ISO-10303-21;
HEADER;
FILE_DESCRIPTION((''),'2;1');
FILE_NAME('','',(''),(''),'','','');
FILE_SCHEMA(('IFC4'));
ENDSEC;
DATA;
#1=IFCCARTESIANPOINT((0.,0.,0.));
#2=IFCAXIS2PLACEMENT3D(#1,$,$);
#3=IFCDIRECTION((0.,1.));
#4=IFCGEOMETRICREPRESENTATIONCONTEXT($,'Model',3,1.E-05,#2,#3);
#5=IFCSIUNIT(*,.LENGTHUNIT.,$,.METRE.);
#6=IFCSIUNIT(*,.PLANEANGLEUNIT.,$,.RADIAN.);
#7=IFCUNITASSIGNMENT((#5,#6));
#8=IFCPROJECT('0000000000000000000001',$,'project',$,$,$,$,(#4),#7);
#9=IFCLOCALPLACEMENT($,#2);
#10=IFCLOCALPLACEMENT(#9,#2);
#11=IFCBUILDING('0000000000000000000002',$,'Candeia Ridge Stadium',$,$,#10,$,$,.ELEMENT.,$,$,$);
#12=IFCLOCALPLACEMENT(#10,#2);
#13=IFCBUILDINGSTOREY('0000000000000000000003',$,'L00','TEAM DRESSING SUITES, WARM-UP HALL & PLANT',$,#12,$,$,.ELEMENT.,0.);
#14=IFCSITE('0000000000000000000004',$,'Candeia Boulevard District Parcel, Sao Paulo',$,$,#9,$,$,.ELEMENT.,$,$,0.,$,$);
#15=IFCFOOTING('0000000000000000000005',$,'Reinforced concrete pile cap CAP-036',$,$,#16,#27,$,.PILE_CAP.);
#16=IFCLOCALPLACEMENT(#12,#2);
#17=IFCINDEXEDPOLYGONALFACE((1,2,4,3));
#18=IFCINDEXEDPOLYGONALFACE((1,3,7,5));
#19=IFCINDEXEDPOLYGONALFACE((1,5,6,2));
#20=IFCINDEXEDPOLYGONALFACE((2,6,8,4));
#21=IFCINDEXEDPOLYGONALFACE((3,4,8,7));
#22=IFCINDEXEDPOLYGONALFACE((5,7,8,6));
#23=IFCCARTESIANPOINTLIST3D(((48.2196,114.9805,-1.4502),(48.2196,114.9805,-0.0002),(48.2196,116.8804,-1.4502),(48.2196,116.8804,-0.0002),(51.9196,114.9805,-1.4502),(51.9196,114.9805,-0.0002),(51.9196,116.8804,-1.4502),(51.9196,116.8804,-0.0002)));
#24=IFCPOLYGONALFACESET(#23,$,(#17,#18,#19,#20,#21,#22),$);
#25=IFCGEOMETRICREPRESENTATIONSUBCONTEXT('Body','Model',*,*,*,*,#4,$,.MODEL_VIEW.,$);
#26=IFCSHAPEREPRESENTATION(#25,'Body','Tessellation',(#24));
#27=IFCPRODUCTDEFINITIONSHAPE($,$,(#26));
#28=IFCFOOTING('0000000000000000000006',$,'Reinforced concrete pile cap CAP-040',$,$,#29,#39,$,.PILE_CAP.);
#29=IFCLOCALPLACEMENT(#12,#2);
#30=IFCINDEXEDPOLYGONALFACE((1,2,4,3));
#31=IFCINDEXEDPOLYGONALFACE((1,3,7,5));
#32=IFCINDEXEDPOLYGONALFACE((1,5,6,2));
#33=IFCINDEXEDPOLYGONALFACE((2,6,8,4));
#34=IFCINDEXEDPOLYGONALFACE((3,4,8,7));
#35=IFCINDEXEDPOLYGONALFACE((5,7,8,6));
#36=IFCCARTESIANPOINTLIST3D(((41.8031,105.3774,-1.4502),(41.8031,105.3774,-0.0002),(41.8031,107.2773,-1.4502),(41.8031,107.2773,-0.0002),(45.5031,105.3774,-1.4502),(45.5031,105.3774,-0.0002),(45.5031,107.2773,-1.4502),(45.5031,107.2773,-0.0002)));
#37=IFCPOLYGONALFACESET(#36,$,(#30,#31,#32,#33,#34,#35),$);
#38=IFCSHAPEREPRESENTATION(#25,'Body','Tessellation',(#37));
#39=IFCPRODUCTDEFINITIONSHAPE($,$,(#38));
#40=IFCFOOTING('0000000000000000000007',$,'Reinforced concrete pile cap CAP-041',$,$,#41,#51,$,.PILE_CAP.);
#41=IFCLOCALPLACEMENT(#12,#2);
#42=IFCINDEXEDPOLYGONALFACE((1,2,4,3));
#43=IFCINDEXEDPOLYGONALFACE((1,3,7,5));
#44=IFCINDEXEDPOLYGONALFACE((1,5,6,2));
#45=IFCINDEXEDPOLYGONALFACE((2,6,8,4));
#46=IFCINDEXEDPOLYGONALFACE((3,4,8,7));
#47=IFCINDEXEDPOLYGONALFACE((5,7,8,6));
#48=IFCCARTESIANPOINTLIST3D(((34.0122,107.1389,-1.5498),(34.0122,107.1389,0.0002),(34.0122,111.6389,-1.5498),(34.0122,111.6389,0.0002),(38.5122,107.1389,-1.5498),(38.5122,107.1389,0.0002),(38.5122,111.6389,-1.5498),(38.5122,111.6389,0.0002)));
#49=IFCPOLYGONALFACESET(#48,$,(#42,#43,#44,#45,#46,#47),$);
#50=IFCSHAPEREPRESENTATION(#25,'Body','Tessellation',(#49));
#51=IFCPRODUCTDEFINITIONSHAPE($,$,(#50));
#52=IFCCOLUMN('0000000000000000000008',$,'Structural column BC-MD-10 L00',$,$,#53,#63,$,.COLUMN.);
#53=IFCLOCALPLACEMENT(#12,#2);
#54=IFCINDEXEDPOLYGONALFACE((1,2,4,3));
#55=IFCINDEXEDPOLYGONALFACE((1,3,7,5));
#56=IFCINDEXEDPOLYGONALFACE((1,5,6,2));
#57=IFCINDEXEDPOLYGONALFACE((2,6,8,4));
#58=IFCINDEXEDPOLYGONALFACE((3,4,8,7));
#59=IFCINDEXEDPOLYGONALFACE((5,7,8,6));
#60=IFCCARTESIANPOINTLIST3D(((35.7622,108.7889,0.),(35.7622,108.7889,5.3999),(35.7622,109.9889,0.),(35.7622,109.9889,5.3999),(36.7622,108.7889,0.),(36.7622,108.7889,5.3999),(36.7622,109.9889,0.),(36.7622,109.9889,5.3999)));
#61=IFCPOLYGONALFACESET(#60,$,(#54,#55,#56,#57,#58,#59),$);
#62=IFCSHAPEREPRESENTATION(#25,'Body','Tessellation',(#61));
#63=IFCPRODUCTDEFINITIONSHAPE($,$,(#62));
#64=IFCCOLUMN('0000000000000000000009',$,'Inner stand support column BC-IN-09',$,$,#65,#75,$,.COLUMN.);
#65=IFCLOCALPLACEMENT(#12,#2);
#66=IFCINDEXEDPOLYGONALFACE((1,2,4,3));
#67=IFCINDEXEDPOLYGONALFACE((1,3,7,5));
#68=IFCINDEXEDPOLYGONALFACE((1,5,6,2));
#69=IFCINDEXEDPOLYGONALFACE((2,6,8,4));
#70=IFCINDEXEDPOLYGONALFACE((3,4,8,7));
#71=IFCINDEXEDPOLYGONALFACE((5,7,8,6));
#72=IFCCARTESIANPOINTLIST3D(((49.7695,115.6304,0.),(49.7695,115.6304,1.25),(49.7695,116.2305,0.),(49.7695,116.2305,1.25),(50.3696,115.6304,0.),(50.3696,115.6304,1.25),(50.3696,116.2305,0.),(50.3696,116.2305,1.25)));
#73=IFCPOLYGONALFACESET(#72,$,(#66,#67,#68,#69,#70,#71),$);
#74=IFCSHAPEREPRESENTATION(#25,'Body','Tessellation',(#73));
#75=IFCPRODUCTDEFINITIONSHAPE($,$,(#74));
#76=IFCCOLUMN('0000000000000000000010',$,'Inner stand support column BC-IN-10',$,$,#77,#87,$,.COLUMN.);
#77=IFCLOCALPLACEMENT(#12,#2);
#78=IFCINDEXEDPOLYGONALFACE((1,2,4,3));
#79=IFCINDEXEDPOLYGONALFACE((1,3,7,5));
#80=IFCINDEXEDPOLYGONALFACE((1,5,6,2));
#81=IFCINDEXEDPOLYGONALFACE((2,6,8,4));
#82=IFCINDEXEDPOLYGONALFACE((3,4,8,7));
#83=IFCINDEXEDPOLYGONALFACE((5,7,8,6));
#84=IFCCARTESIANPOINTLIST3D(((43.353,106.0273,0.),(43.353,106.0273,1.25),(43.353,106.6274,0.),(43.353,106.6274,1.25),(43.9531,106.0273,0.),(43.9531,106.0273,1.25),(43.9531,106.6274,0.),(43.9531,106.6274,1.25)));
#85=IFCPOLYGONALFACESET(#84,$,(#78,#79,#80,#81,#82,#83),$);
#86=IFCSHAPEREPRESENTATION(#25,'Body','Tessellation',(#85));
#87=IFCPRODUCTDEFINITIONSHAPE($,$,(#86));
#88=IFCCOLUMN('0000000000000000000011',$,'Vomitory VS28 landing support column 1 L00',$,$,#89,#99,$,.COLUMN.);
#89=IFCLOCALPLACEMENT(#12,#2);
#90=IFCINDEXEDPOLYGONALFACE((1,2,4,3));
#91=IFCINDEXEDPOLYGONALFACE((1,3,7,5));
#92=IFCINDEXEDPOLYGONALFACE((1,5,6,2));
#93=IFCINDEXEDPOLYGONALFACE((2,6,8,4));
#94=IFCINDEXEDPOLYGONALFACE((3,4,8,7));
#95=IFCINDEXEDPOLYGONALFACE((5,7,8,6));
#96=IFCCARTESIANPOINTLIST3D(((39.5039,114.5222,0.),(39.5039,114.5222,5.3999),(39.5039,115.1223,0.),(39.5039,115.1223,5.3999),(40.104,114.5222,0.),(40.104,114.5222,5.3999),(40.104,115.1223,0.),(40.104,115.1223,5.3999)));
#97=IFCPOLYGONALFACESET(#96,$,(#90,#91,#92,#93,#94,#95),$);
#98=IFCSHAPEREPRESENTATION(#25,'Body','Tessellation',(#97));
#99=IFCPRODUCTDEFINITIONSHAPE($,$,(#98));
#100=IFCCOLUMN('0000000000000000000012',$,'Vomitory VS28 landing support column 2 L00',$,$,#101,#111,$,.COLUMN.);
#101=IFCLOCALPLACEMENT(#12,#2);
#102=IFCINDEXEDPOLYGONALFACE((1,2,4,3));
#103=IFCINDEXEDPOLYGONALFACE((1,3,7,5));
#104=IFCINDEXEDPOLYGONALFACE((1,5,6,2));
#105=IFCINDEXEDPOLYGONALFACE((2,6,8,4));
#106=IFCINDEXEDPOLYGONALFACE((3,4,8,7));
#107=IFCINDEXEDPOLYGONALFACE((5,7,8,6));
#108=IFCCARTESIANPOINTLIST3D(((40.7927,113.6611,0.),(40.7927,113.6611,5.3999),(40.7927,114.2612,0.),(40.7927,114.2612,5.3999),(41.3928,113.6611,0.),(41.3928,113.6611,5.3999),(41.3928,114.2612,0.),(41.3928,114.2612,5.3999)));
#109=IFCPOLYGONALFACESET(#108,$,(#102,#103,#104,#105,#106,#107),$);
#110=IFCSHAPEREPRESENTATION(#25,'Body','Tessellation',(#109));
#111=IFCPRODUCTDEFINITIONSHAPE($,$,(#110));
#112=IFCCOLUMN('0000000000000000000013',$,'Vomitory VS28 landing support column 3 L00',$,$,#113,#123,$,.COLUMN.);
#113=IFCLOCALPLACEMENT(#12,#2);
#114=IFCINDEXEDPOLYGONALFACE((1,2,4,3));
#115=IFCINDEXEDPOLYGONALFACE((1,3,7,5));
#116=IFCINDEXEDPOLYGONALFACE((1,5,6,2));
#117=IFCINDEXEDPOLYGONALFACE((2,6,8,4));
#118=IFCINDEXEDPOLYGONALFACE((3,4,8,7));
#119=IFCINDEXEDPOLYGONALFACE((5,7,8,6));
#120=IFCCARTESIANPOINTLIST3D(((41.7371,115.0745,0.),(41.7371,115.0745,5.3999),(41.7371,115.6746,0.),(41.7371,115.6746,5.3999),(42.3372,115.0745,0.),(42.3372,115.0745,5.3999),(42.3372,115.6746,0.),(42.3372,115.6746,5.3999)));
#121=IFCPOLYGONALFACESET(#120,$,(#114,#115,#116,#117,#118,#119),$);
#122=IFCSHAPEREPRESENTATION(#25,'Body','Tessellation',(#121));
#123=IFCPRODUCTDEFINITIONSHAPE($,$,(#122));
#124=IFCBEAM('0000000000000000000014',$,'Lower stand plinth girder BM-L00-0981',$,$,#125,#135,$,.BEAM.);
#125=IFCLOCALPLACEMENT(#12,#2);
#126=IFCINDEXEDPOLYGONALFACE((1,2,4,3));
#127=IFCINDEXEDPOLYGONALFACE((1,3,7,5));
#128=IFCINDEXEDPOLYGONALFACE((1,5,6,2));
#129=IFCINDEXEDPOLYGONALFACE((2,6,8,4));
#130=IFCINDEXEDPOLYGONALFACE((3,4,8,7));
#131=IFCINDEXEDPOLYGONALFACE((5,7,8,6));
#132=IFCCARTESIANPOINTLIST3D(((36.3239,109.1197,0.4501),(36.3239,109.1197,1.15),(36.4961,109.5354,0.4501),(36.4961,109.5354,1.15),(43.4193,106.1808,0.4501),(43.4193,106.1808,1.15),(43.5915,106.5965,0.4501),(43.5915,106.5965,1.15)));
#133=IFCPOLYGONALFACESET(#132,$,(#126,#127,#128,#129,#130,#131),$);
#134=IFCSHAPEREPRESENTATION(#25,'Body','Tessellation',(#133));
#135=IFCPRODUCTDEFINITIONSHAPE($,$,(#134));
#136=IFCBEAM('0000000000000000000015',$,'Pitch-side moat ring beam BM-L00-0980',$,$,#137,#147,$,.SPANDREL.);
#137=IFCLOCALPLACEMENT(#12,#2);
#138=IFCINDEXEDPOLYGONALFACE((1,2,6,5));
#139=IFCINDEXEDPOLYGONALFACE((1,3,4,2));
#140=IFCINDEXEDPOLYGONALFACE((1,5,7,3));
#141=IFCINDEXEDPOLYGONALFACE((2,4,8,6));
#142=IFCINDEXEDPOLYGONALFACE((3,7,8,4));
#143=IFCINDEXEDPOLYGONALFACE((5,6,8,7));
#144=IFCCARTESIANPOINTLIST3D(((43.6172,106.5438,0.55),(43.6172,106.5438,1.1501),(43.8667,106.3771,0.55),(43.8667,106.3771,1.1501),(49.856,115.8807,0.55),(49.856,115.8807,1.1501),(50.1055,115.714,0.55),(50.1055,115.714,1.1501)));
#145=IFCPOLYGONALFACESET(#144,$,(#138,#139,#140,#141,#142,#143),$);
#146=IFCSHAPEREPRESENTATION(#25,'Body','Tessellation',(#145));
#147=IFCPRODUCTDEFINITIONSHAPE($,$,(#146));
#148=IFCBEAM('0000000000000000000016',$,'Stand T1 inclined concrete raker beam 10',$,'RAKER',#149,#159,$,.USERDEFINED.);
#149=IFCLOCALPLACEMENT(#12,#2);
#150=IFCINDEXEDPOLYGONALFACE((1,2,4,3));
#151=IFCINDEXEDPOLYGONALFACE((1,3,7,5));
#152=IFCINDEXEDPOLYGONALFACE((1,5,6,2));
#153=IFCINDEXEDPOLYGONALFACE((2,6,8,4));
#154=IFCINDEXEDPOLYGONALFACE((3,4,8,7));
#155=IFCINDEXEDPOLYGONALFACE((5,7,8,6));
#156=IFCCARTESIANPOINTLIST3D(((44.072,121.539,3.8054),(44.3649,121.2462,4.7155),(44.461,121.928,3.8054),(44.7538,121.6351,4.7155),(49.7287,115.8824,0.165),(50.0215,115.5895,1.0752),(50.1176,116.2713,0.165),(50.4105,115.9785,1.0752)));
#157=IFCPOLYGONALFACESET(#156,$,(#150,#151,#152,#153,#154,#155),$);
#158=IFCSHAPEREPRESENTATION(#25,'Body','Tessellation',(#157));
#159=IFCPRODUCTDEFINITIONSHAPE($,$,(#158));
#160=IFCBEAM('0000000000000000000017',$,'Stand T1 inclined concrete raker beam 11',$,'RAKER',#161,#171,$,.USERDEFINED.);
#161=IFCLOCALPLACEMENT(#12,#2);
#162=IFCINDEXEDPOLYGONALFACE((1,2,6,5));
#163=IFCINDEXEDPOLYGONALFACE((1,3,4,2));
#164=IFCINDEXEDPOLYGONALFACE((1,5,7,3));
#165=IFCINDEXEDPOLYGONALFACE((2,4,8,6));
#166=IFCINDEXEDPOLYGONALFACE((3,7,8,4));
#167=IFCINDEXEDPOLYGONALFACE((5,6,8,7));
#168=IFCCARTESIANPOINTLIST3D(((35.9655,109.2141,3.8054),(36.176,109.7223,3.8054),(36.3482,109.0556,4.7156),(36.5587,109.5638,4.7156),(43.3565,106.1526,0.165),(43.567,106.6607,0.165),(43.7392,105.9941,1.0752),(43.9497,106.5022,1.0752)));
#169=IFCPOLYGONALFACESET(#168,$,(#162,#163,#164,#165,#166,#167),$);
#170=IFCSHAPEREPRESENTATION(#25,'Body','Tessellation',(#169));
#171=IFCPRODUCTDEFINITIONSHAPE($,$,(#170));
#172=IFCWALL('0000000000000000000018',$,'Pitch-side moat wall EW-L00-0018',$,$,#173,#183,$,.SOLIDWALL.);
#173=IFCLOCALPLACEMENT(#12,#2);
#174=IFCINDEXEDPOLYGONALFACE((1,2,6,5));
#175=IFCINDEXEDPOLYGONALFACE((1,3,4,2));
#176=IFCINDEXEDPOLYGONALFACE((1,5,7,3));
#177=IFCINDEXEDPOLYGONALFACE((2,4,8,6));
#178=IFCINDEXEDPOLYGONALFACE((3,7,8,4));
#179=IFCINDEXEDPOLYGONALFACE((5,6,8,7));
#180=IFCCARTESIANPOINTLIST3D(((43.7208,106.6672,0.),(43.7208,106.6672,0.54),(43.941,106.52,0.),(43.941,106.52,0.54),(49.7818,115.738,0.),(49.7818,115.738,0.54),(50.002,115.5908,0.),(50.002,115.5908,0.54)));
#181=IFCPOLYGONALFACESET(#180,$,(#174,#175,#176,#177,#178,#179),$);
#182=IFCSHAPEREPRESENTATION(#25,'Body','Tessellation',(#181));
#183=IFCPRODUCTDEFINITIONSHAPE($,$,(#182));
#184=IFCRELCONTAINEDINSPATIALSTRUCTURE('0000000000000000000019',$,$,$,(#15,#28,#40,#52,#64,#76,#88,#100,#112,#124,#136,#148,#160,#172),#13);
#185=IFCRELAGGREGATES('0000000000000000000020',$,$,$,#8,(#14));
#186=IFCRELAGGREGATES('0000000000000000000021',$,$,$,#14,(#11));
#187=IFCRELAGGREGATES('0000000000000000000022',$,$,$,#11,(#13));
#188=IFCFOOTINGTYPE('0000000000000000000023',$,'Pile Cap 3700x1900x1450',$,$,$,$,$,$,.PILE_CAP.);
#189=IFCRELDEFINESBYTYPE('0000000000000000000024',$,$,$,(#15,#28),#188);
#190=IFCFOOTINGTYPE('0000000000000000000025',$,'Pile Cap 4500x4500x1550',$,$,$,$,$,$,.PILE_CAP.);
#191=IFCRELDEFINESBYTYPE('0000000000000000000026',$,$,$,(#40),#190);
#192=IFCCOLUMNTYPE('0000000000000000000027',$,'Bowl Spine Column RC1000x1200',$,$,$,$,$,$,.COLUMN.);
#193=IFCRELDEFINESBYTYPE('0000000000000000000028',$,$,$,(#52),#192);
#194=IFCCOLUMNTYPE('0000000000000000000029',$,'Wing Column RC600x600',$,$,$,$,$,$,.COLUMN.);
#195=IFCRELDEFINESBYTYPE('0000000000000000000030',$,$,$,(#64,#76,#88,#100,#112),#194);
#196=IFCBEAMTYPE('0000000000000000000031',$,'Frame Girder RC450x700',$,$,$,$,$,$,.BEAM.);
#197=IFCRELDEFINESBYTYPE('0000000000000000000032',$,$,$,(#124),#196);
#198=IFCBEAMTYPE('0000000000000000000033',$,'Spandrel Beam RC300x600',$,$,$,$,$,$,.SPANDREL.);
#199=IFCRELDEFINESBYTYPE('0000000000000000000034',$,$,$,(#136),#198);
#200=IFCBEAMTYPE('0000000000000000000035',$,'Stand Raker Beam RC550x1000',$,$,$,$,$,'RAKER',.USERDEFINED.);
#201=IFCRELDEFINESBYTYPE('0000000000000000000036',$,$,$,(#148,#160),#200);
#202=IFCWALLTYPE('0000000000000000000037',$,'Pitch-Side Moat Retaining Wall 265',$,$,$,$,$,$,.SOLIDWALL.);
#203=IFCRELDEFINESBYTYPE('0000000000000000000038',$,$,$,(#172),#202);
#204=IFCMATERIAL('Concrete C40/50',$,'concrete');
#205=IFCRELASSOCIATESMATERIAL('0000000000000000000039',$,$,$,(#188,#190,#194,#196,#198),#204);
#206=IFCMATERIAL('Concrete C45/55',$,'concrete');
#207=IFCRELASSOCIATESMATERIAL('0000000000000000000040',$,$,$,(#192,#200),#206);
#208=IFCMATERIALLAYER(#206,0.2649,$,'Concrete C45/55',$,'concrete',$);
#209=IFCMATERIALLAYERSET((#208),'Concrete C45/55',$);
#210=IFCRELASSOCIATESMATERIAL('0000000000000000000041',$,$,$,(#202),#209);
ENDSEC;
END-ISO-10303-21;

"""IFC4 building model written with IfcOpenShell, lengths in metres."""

from ifc_helpers import new_model, si_unit, direction, frame, frame_2d, origin, origin_2d, place, context, subcontext, project, spatial, rectangle, extrude, material, layer, layer_set, material_profile, profile_set, type_object, element, save


model = new_model("IFC4")

# Units and contexts
model_context = context("Model", 3, precision=1e-05, world=origin(), true_north=direction((0.0, 1.0)))
body_context = subcontext(model_context, "Body", "Model", "MODEL_VIEW")
ifc_project = project(units=[si_unit("LENGTHUNIT", "METRE"), si_unit("PLANEANGLEUNIT", "RADIAN")], contexts=[model_context])

# Site, building, storey
site_placement = place(None, origin())
site = spatial("IfcSite", under=ifc_project, at=site_placement, Name="Candeia Boulevard District Parcel, Sao Paulo", CompositionType="ELEMENT", RefElevation=0.0)
building_placement = place(site_placement, origin())
building = spatial("IfcBuilding", under=site, at=building_placement, Name="Candeia Ridge Stadium", CompositionType="ELEMENT")
storey_placement = place(building_placement, origin())
storey = spatial("IfcBuildingStorey", under=building, at=storey_placement, Name="L00", Description="TEAM DRESSING SUITES, WARM-UP HALL & PLANT", CompositionType="ELEMENT", Elevation=0.0)

# Shared definitions
ifc_material_1 = material(Name="Concrete C40/50", Category="concrete")

# Footings
footing_type_1 = type_object("IfcFootingType", Name="Pile Cap 3700x1900x1450", PredefinedType="PILE_CAP", material=ifc_material_1)
for number, where, z_axis, x_axis, name in (
    (1, (50.0696, 115.9304, -1.4502), (0.0, 0.0, 1.0), (1.0, 0.0, 0.0), "Reinforced concrete pile cap CAP-036"),
    (2, (43.6531, 106.3274, -1.4502), (0.0, 0.0, 1.0), (1.0, 0.0, 0.0), "Reinforced concrete pile cap CAP-040"),
):
    element("IfcFooting", number, at=place(storey_placement, frame(where, z_axis=z_axis, x_axis=x_axis)), inside=storey, type_object=footing_type_1, Name=name, PredefinedType="PILE_CAP", context=body_context, shape_type="SweptSolid", body=[
        extrude(rectangle(XDim=3.7, YDim=1.8999, at=origin_2d()), origin(), (0.0, 0.0, 1.0), 1.45),
    ])
footing_type_2 = type_object("IfcFootingType", Name="Pile Cap 4500x4500x1550", PredefinedType="PILE_CAP", material=ifc_material_1)
footing_1_placement = place(storey_placement, frame((36.2622, 109.3889, -1.5498), z_axis=(0.0, 0.0, 1.0), x_axis=(1.0, 0.0, 0.0)))
element("IfcFooting", 3, at=footing_1_placement, inside=storey, type_object=footing_type_2, Name="Reinforced concrete pile cap CAP-041", PredefinedType="PILE_CAP", context=body_context, shape_type="SweptSolid", body=[
    extrude(rectangle(XDim=4.5, YDim=4.5, at=origin_2d()), origin(), (0.0, 0.0, 1.0), 1.55),
])

# Columns
ifc_material_2 = material(Name="Concrete C45/55", Category="concrete")
ifc_material_profile_1 = material_profile(ifc_material_2, rectangle(XDim=1.0, YDim=1.2, at=origin_2d()), Name="RC1000x1200", Category="concrete")
ifc_profile_set_1 = profile_set([ifc_material_profile_1], Name="Concrete C45/55")
column_type_1 = type_object("IfcColumnType", Name="Bowl Spine Column RC1000x1200", PredefinedType="COLUMN", material=ifc_profile_set_1)
column_placement = place(storey_placement, frame((36.2622, 109.3889, 0.0), z_axis=(0.0, 0.0, 1.0), x_axis=(1.0, 0.0, 0.0)))
element("IfcColumn", 4, at=column_placement, inside=storey, type_object=column_type_1, Name="Structural column BC-MD-10 L00", PredefinedType="COLUMN", context=body_context, shape_type="SweptSolid", body=[
    extrude(rectangle(XDim=1.0, YDim=1.2, at=origin_2d()), origin(), (0.0, 0.0, 1.0), 5.3999),
])
ifc_material_profile_2 = material_profile(ifc_material_1, rectangle(XDim=0.6001, YDim=0.6001, at=origin_2d()), Name="RC600x600", Category="concrete")
ifc_profile_set_2 = profile_set([ifc_material_profile_2], Name="Concrete C40/50")
column_type_2 = type_object("IfcColumnType", Name="Wing Column RC600x600", PredefinedType="COLUMN", material=ifc_profile_set_2)
for number, where, z_axis, x_axis, name in (
    (5, (50.0696, 115.9304, 0.0), (0.0, 0.0, 1.0), (1.0, 0.0, 0.0), "Inner stand support column BC-IN-09"),
    (6, (43.6531, 106.3274, 0.0), (0.0, 0.0, 1.0), (1.0, 0.0, 0.0), "Inner stand support column BC-IN-10"),
):
    element("IfcColumn", number, at=place(storey_placement, frame(where, z_axis=z_axis, x_axis=x_axis)), inside=storey, type_object=column_type_2, Name=name, PredefinedType="COLUMN", context=body_context, shape_type="SweptSolid", body=[
        extrude(rectangle(XDim=0.6001, YDim=0.6001, at=origin_2d()), origin(), (0.0, 0.0, 1.0), 1.25),
    ])
for number, where, z_axis, x_axis, name in (
    (7, (39.804, 114.8223, 0.0), (0.0, 0.0, 1.0), (1.0, 0.0, 0.0), "Vomitory VS28 landing support column 1 L00"),
    (8, (41.0928, 113.9612, 0.0), (0.0, 0.0, 1.0), (1.0, 0.0, 0.0), "Vomitory VS28 landing support column 2 L00"),
    (9, (42.0371, 115.3745, 0.0), (0.0, 0.0, 1.0), (1.0, 0.0, 0.0), "Vomitory VS28 landing support column 3 L00"),
):
    element("IfcColumn", number, at=place(storey_placement, frame(where, z_axis=z_axis, x_axis=x_axis)), inside=storey, type_object=column_type_2, Name=name, PredefinedType="COLUMN", context=body_context, shape_type="SweptSolid", body=[
        extrude(rectangle(XDim=0.6001, YDim=0.6001, at=origin_2d()), origin(), (0.0, 0.0, 1.0), 5.3999),
    ])

# Beams
ifc_material_profile_3 = material_profile(ifc_material_1, rectangle(XDim=0.45, YDim=0.7, at=origin_2d()), Name="RC450x700", Category="concrete")
ifc_profile_set_3 = profile_set([ifc_material_profile_3], Name="Concrete C40/50")
beam_type_1 = type_object("IfcBeamType", Name="Frame Girder RC450x700", PredefinedType="BEAM", material=ifc_profile_set_3)
beam_1_placement = place(storey_placement, frame((43.5054, 106.3887, 0.8), z_axis=(-0.923883, 0.382676, 0.0), x_axis=(-0.382676, -0.923883, 0.0)))
element("IfcBeam", 10, at=beam_1_placement, inside=storey, type_object=beam_type_1, Name="Lower stand plinth girder BM-L00-0981", PredefinedType="BEAM", context=body_context, shape_type="SweptSolid", body=[
    extrude(rectangle(XDim=0.45, YDim=0.7, at=origin_2d()), origin(), (0.0, 0.0, 1.0), 7.6799),
])
ifc_material_profile_4 = material_profile(ifc_material_1, rectangle(XDim=0.3, YDim=0.6001, at=origin_2d()), Name="RC300x600", Category="concrete")
ifc_profile_set_4 = profile_set([ifc_material_profile_4], Name="Concrete C40/50")
beam_type_2 = type_object("IfcBeamType", Name="Spandrel Beam RC300x600", PredefinedType="SPANDREL", material=ifc_profile_set_4)
beam_2_placement = place(storey_placement, frame((49.9807, 115.7974, 0.8501), z_axis=(-0.555573, -0.831468, 0.0), x_axis=(0.831468, -0.555573, 0.0)))
element("IfcBeam", 11, at=beam_2_placement, inside=storey, type_object=beam_type_2, Name="Pitch-side moat ring beam BM-L00-0980", PredefinedType="SPANDREL", context=body_context, shape_type="SweptSolid", body=[
    extrude(rectangle(XDim=0.3, YDim=0.6001, at=origin_2d()), origin(), (0.0, 0.0, 1.0), 11.2295),
])
ifc_material_profile_5 = material_profile(ifc_material_2, rectangle(XDim=0.55, YDim=1.0, at=origin_2d()), Name="RC550x1000", Category="concrete")
ifc_profile_set_5 = profile_set([ifc_material_profile_5], Name="Concrete C45/55")
beam_type_3 = type_object("IfcBeamType", Name="Stand Raker Beam RC550x1000", ElementType="RAKER", PredefinedType="USERDEFINED", material=ifc_profile_set_5)
beam_3_placement = place(storey_placement, frame((50.0696, 115.9304, 0.6201), z_axis=(-0.643602, 0.643602, 0.414189), x_axis=(-0.707107, -0.707107, 0.0)))
element("IfcBeam", 12, at=beam_3_placement, inside=storey, type_object=beam_type_3, Name="Stand T1 inclined concrete raker beam 10", ObjectType="RAKER", PredefinedType="USERDEFINED", context=body_context, shape_type="SweptSolid", body=[
    extrude(rectangle(XDim=0.55, YDim=1.0, at=origin_2d()), origin(), (0.0, 0.0, 1.0), 8.7891),
])
beam_4_placement = place(storey_placement, frame((43.6531, 106.3274, 0.6201), z_axis=(-0.840902, 0.348327, 0.414187), x_axis=(-0.382697, -0.923874, 0.0)))
element("IfcBeam", 13, at=beam_4_placement, inside=storey, type_object=beam_type_3, Name="Stand T1 inclined concrete raker beam 11", ObjectType="RAKER", PredefinedType="USERDEFINED", context=body_context, shape_type="SweptSolid", body=[
    extrude(rectangle(XDim=0.55, YDim=1.0, at=origin_2d()), origin(), (0.0, 0.0, 1.0), 8.7893),
])

# Wall
ifc_layer_1 = layer(ifc_material_2, 0.2649, Name="Concrete C45/55", Category="concrete")
ifc_layer_set_1 = layer_set([ifc_layer_1], Name="Concrete C45/55")
wall_type = type_object("IfcWallType", Name="Pitch-Side Moat Retaining Wall 265", PredefinedType="SOLIDWALL", material=ifc_layer_set_1)
wall_placement = place(storey_placement, frame((49.8918, 115.6643, 0.0), z_axis=(0.0, 0.0, 1.0), x_axis=(-0.555578, -0.831465, 0.0)))
element("IfcWall", 14, at=wall_placement, inside=storey, type_object=wall_type, Name="Pitch-side moat wall EW-L00-0018", PredefinedType="SOLIDWALL", context=body_context, shape_type="SweptSolid", body=[
    extrude(rectangle(XDim=10.9094, YDim=0.2649, at=frame_2d((5.4546, 0.0))), origin(), (0.0, 0.0, 1.0), 0.54),
])

save(model, "model.ifc")
